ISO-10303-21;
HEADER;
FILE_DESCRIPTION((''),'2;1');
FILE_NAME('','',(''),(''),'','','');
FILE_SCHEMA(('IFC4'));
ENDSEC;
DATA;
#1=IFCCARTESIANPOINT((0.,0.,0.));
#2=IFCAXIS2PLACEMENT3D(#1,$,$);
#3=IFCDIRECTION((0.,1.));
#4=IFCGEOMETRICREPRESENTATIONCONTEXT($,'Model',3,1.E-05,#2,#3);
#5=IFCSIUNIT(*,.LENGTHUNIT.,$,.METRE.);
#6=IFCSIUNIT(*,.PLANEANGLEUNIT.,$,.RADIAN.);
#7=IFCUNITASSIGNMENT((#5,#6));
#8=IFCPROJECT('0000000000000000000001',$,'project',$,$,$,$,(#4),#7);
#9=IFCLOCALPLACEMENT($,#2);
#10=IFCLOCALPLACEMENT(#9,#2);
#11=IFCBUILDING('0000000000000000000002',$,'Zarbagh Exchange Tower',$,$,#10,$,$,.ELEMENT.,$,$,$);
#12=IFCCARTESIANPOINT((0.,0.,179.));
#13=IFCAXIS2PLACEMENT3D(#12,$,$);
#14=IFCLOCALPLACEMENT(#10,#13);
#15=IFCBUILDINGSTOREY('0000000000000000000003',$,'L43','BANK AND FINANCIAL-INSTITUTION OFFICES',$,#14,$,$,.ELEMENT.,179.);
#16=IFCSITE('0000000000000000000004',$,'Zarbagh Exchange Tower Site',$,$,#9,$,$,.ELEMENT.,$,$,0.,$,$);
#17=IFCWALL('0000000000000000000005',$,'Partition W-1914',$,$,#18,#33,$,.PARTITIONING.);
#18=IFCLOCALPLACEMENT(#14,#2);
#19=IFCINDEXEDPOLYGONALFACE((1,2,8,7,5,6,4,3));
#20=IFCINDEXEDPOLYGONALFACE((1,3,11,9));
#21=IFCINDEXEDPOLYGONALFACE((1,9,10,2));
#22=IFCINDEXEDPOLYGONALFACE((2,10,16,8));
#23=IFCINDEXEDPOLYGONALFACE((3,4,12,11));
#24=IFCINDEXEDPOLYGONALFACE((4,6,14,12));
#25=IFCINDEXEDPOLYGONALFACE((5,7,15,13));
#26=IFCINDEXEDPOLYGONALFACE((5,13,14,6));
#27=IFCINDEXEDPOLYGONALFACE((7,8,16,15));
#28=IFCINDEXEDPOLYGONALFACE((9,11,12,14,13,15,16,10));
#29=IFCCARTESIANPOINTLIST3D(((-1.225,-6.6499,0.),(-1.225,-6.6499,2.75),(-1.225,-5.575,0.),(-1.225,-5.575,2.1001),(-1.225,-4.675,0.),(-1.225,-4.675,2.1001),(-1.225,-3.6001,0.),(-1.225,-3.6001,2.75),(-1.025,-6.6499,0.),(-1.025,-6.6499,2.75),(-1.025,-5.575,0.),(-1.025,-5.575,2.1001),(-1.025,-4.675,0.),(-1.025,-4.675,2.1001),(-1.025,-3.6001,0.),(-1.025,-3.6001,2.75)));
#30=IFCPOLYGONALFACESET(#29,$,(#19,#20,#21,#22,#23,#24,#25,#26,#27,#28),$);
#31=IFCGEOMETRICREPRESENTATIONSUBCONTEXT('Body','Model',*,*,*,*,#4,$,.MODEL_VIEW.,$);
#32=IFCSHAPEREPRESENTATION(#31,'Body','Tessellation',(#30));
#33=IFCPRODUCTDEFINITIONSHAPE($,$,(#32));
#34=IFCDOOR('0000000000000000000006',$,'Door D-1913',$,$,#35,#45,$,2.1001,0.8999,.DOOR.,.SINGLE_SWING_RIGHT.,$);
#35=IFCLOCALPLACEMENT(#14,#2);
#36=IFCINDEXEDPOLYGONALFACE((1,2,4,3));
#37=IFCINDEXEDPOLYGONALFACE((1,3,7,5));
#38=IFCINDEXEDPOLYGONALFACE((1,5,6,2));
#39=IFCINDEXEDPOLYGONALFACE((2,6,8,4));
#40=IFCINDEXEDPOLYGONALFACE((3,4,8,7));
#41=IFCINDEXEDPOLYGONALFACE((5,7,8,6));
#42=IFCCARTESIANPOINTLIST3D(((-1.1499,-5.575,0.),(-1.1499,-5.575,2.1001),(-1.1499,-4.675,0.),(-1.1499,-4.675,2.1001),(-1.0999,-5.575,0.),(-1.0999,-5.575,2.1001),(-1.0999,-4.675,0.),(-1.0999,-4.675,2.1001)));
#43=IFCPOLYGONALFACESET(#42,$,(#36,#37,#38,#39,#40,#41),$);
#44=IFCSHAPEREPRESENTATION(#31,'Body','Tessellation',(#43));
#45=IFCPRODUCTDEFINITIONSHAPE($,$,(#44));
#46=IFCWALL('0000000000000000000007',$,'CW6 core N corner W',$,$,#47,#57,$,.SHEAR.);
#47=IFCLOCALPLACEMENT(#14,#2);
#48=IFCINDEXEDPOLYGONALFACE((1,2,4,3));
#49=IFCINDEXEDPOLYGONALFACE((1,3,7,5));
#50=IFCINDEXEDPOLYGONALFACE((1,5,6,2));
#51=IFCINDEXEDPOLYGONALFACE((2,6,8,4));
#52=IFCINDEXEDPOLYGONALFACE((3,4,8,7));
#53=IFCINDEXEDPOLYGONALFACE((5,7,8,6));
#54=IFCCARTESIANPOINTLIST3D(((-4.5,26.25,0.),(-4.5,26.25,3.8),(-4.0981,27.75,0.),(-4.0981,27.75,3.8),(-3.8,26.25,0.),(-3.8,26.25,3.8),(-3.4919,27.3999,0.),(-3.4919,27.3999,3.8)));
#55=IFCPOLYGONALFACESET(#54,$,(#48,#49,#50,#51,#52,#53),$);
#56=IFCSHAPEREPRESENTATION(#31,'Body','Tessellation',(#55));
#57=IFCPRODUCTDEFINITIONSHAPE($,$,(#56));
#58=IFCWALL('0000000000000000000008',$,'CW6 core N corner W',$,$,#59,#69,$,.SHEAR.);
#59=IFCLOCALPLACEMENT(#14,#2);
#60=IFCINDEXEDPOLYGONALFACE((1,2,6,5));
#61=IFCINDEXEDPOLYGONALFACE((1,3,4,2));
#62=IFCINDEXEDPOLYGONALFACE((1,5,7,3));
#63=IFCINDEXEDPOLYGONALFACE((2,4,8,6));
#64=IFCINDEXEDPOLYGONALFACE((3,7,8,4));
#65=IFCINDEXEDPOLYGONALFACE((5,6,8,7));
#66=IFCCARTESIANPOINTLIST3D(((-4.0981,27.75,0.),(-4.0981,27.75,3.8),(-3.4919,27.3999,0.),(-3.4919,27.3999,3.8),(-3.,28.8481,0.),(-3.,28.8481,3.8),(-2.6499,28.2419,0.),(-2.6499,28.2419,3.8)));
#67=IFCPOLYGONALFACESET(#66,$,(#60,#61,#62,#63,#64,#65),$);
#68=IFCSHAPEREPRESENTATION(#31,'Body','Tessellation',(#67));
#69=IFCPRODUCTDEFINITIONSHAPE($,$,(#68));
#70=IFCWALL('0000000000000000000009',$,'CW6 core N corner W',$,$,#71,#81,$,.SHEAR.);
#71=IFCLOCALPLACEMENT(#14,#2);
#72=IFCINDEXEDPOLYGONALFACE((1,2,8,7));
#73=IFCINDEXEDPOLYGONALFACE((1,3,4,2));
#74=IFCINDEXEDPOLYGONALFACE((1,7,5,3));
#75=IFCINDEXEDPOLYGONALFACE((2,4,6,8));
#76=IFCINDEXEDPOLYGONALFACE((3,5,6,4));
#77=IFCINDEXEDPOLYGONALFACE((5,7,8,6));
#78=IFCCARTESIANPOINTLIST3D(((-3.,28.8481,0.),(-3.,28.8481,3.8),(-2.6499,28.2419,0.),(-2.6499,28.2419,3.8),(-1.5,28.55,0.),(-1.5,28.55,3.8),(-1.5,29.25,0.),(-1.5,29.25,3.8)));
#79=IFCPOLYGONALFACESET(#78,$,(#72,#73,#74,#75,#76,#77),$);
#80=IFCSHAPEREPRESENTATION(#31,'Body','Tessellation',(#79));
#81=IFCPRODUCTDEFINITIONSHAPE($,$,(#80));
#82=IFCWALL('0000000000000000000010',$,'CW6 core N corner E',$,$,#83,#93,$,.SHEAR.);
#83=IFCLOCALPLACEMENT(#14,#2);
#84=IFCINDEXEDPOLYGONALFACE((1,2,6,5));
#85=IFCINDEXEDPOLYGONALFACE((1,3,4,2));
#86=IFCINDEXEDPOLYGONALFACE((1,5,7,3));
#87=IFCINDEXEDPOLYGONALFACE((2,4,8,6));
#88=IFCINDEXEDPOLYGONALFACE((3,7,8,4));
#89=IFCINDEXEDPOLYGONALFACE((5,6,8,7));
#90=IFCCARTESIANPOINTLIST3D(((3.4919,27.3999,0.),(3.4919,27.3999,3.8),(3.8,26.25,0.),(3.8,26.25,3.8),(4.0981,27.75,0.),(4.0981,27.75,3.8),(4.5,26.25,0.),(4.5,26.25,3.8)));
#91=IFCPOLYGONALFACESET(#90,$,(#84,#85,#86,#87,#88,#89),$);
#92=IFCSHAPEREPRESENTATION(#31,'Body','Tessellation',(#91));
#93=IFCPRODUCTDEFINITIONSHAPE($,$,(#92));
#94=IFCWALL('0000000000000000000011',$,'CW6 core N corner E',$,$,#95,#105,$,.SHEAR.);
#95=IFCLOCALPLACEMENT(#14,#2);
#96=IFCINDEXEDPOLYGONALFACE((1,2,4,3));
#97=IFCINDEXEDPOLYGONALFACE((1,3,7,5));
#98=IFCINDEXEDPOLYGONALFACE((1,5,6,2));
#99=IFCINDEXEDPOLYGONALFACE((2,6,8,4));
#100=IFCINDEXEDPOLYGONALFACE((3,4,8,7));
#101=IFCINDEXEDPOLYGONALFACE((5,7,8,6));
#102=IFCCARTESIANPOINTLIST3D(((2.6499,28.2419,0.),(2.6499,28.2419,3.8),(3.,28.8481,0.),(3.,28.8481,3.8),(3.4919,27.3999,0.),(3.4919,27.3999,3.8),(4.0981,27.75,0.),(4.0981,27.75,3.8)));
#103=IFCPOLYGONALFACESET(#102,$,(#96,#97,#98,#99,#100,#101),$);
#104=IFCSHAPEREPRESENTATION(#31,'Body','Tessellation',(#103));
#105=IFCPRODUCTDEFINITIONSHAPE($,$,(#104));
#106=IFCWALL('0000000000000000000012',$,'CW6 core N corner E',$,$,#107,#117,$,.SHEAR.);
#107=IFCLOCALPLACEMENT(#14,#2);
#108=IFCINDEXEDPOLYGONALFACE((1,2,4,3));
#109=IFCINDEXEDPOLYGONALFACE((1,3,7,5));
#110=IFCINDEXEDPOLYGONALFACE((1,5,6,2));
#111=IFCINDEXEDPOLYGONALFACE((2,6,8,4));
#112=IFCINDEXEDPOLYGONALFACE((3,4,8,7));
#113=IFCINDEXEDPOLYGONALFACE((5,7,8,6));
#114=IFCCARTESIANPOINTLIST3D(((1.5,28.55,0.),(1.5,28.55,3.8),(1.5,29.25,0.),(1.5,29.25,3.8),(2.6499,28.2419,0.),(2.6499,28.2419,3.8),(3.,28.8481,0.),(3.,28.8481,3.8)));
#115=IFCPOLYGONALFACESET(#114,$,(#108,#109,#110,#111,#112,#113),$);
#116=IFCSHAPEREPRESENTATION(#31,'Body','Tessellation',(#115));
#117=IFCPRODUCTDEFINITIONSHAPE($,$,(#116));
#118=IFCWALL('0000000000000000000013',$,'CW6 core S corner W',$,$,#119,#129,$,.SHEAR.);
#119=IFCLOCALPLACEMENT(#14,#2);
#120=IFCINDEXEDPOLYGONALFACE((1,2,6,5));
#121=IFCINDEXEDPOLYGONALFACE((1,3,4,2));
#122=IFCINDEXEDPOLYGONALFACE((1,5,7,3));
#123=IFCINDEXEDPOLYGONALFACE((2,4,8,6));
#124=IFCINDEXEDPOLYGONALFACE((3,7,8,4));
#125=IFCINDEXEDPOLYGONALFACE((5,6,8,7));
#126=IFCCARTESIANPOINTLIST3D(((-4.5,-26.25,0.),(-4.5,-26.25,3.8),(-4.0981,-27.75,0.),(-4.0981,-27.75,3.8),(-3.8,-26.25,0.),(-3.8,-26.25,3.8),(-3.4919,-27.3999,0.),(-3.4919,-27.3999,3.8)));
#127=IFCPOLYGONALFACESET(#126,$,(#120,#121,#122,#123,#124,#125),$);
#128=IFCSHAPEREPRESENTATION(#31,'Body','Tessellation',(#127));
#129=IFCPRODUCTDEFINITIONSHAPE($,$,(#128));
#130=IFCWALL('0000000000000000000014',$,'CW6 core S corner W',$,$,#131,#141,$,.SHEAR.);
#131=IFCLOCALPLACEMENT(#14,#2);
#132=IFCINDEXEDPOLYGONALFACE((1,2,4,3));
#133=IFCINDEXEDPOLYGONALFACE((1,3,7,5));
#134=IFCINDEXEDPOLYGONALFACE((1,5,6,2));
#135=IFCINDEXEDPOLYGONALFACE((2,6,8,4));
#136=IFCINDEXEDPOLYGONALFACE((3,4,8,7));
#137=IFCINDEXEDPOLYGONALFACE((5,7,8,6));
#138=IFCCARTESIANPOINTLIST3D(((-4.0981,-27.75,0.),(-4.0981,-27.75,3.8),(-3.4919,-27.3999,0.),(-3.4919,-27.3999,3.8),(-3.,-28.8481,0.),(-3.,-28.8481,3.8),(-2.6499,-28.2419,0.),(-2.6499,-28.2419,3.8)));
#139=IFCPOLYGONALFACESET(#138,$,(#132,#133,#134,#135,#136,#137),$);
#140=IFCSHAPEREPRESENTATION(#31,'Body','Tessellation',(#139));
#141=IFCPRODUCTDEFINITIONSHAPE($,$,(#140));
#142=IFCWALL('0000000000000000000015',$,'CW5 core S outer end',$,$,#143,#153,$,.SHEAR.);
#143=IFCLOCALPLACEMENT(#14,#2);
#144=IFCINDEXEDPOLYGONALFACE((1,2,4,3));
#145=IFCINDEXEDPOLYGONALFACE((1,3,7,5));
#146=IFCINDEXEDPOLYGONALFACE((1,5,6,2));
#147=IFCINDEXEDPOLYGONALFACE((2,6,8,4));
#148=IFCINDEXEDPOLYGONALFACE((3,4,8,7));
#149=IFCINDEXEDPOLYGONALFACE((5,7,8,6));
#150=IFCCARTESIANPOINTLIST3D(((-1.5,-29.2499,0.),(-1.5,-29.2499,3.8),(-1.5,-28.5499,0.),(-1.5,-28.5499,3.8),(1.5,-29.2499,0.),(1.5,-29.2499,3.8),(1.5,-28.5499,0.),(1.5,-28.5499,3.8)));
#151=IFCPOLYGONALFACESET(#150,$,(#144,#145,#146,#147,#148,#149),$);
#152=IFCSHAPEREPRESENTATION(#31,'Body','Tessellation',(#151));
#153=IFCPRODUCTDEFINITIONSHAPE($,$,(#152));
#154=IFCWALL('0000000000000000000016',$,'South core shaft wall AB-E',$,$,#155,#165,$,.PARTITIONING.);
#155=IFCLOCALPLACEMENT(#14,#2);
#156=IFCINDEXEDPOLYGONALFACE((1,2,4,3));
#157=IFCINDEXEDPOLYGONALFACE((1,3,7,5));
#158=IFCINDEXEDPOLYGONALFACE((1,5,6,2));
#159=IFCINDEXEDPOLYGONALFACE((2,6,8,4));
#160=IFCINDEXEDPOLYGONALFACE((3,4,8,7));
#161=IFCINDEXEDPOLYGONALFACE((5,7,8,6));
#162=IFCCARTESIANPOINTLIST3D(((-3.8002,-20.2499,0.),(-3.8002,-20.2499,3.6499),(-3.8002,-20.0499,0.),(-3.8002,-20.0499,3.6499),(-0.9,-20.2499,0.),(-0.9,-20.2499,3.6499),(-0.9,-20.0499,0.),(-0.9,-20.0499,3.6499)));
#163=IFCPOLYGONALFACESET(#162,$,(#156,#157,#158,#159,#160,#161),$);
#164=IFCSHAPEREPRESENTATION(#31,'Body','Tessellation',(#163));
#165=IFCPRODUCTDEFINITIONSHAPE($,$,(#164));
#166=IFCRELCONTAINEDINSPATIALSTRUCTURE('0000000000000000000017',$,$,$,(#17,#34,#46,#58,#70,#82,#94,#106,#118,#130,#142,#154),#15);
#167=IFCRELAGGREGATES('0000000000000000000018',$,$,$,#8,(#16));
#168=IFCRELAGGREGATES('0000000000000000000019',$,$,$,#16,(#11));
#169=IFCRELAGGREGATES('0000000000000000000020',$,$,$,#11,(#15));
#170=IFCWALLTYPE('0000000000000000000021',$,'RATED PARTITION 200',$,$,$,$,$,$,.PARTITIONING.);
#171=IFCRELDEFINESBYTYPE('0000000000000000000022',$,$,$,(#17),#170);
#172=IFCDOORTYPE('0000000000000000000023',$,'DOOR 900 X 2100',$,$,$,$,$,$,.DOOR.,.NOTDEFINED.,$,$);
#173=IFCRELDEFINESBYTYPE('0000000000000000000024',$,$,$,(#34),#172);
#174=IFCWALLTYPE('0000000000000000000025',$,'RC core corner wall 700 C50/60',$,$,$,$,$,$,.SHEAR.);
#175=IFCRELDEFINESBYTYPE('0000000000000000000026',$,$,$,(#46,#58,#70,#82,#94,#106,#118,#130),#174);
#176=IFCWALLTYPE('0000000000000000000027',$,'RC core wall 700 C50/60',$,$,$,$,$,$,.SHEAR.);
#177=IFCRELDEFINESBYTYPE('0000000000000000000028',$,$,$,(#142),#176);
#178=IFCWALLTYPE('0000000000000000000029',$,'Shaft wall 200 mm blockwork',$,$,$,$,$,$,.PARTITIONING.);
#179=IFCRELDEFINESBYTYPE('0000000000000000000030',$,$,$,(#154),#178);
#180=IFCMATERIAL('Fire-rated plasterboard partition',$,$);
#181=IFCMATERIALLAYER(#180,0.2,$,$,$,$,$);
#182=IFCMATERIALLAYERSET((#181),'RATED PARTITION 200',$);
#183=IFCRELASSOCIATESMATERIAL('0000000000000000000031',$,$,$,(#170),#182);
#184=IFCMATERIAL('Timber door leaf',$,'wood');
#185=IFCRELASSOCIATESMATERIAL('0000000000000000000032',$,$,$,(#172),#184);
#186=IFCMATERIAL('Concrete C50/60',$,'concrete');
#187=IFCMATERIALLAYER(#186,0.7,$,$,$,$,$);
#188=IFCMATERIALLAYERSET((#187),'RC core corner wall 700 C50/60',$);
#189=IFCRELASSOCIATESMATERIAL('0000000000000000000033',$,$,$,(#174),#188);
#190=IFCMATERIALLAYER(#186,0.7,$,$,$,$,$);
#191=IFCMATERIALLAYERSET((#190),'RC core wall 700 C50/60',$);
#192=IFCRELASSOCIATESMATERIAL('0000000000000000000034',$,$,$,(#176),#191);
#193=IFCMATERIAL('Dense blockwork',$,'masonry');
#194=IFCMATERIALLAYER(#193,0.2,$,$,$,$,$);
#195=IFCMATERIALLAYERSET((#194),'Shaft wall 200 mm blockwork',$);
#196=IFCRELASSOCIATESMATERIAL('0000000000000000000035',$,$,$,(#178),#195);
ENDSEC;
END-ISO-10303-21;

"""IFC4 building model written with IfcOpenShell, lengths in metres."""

from ifc_helpers import new_model, si_unit, direction, frame, frame_2d, origin, place, context, subcontext, project, spatial, polyline, rectangle, outline, extrude, material, layer, layer_set, type_object, element, fill, save


model = new_model("IFC4")

# Units and contexts
model_context = context("Model", 3, precision=1e-05, world=origin(), true_north=direction((0.0, 1.0)))
body_context = subcontext(model_context, "Body", "Model", "MODEL_VIEW")
ifc_project = project(units=[si_unit("LENGTHUNIT", "METRE"), si_unit("PLANEANGLEUNIT", "RADIAN")], contexts=[model_context])

# Site, building, storey
site_placement = place(None, origin())
site = spatial("IfcSite", under=ifc_project, at=site_placement, Name="Zarbagh Exchange Tower Site", CompositionType="ELEMENT", RefElevation=0.0)
building_placement = place(site_placement, origin())
building = spatial("IfcBuilding", under=site, at=building_placement, Name="Zarbagh Exchange Tower", CompositionType="ELEMENT")
storey_placement = place(building_placement, frame((0.0, 0.0, 179.0)))
storey = spatial("IfcBuildingStorey", under=building, at=storey_placement, Name="L43", Description="BANK AND FINANCIAL-INSTITUTION OFFICES", CompositionType="ELEMENT", Elevation=179.0)

# Shared definitions
ifc_material_1 = material(Name="Dense blockwork", Category="masonry")

# Shared definitions
ifc_material_2 = material(Name="Fire-rated plasterboard partition")
ifc_layer_1 = layer(ifc_material_2, 0.2)
ifc_layer_set_1 = layer_set([ifc_layer_1], Name="RATED PARTITION 200")
wall_type_1 = type_object("IfcWallType", Name="RATED PARTITION 200", PredefinedType="PARTITIONING", material=ifc_layer_set_1)
ifc_material_3 = material(Name="Timber door leaf", Category="wood")
door_type_1 = type_object("IfcDoorType", Name="DOOR 900 X 2100", OperationType="NOTDEFINED", PredefinedType="DOOR", material=ifc_material_3)

# Wall, opening, door
wall_1_placement = place(storey_placement, frame((-1.125, -6.6499, 0.0), z_axis=(0.0, 0.0, 1.0), x_axis=(0.0, 1.0, 0.0)))
wall_1 = element("IfcWall", 1, at=wall_1_placement, inside=storey, type_object=wall_type_1, Name="Partition W-1914", PredefinedType="PARTITIONING", context=body_context, shape_type="SweptSolid", body=[
    extrude(rectangle(XDim=3.0498, YDim=0.2, at=frame_2d((1.5249, 0.0))), origin(), (0.0, 0.0, 1.0), 2.75),
])
opening_1_placement = place(wall_1_placement, frame((1.075, 0.0, 0.0)))
opening_1 = element("IfcOpeningElement", 2, at=opening_1_placement, cuts=wall_1, PredefinedType="OPENING", context=body_context, shape_type="SweptSolid", body=[
    extrude(rectangle(XDim=0.8999, YDim=2.1001, at=frame_2d((0.45, 1.05))), frame((0.0, 0.1099, 0.0), z_axis=(0.0, -1.0, 0.0), x_axis=(1.0, 0.0, 0.0)), (0.0, 0.0, 1.0), 0.22),
])
door_1_placement = place(opening_1_placement, origin())
door_1 = element("IfcDoor", 3, at=door_1_placement, inside=storey, type_object=door_type_1, Name="Door D-1913", OperationType="SINGLE_SWING_RIGHT", OverallHeight=2.1001, OverallWidth=0.8999, PredefinedType="DOOR", context=body_context, shape_type="SweptSolid", body=[
    extrude(rectangle(XDim=0.8999, YDim=2.1001, at=frame_2d((0.45, 1.05))), frame((0.0, 0.0249, 0.0), z_axis=(0.0, -1.0, 0.0), x_axis=(1.0, 0.0, 0.0)), (0.0, 0.0, 1.0), 0.05),
])
fill(opening_1, door_1)

# Walls
ifc_material_4 = material(Name="Concrete C50/60", Category="concrete")
ifc_layer_2 = layer(ifc_material_4, 0.7)
ifc_layer_set_2 = layer_set([ifc_layer_2], Name="RC core corner wall 700 C50/60")
wall_type_2 = type_object("IfcWallType", Name="RC core corner wall 700 C50/60", PredefinedType="SHEAR", material=ifc_layer_set_2)
wall_2_placement = place(storey_placement, origin())
element("IfcWall", 4, at=wall_2_placement, inside=storey, type_object=wall_type_2, Name="CW6 core N corner W", PredefinedType="SHEAR", context=body_context, shape_type="SweptSolid", body=[
    extrude(outline(polyline([(-4.5, 26.25), (-4.0981, 27.75), (-3.4919, 27.3999), (-3.8, 26.25), (-4.5, 26.25)])), origin(), (0.0, 0.0, 1.0), 3.8),
])
wall_3_placement = place(storey_placement, origin())
element("IfcWall", 5, at=wall_3_placement, inside=storey, type_object=wall_type_2, Name="CW6 core N corner W", PredefinedType="SHEAR", context=body_context, shape_type="SweptSolid", body=[
    extrude(outline(polyline([(-4.0981, 27.75), (-3.0, 28.8481), (-2.6499, 28.2419), (-3.4919, 27.3999), (-4.0981, 27.75)])), origin(), (0.0, 0.0, 1.0), 3.8),
])
wall_4_placement = place(storey_placement, origin())
element("IfcWall", 6, at=wall_4_placement, inside=storey, type_object=wall_type_2, Name="CW6 core N corner W", PredefinedType="SHEAR", context=body_context, shape_type="SweptSolid", body=[
    extrude(outline(polyline([(-3.0, 28.8481), (-1.5, 29.25), (-1.5, 28.55), (-2.6499, 28.2419), (-3.0, 28.8481)])), origin(), (0.0, 0.0, 1.0), 3.8),
])
wall_5_placement = place(storey_placement, origin())
element("IfcWall", 7, at=wall_5_placement, inside=storey, type_object=wall_type_2, Name="CW6 core N corner E", PredefinedType="SHEAR", context=body_context, shape_type="SweptSolid", body=[
    extrude(outline(polyline([(4.5, 26.25), (4.0981, 27.75), (3.4919, 27.3999), (3.8, 26.25), (4.5, 26.25)])), origin(), (0.0, 0.0, 1.0), 3.8),
])
wall_6_placement = place(storey_placement, origin())
element("IfcWall", 8, at=wall_6_placement, inside=storey, type_object=wall_type_2, Name="CW6 core N corner E", PredefinedType="SHEAR", context=body_context, shape_type="SweptSolid", body=[
    extrude(outline(polyline([(4.0981, 27.75), (3.0, 28.8481), (2.6499, 28.2419), (3.4919, 27.3999), (4.0981, 27.75)])), origin(), (0.0, 0.0, 1.0), 3.8),
])
wall_7_placement = place(storey_placement, origin())
element("IfcWall", 9, at=wall_7_placement, inside=storey, type_object=wall_type_2, Name="CW6 core N corner E", PredefinedType="SHEAR", context=body_context, shape_type="SweptSolid", body=[
    extrude(outline(polyline([(3.0, 28.8481), (1.5, 29.25), (1.5, 28.55), (2.6499, 28.2419), (3.0, 28.8481)])), origin(), (0.0, 0.0, 1.0), 3.8),
])
wall_8_placement = place(storey_placement, origin())
element("IfcWall", 10, at=wall_8_placement, inside=storey, type_object=wall_type_2, Name="CW6 core S corner W", PredefinedType="SHEAR", context=body_context, shape_type="SweptSolid", body=[
    extrude(outline(polyline([(-4.5, -26.25), (-4.0981, -27.75), (-3.4919, -27.3999), (-3.8, -26.25), (-4.5, -26.25)])), origin(), (0.0, 0.0, 1.0), 3.8),
])
wall_9_placement = place(storey_placement, origin())
element("IfcWall", 11, at=wall_9_placement, inside=storey, type_object=wall_type_2, Name="CW6 core S corner W", PredefinedType="SHEAR", context=body_context, shape_type="SweptSolid", body=[
    extrude(outline(polyline([(-4.0981, -27.75), (-3.0, -28.8481), (-2.6499, -28.2419), (-3.4919, -27.3999), (-4.0981, -27.75)])), origin(), (0.0, 0.0, 1.0), 3.8),
])
ifc_layer_3 = layer(ifc_material_4, 0.7)
ifc_layer_set_3 = layer_set([ifc_layer_3], Name="RC core wall 700 C50/60")
wall_type_3 = type_object("IfcWallType", Name="RC core wall 700 C50/60", PredefinedType="SHEAR", material=ifc_layer_set_3)
wall_10_placement = place(storey_placement, frame((-1.5, -28.8999, 0.0), z_axis=(0.0, 0.0, 1.0), x_axis=(1.0, 0.0, 0.0)))
element("IfcWall", 12, at=wall_10_placement, inside=storey, type_object=wall_type_3, Name="CW5 core S outer end", PredefinedType="SHEAR", context=body_context, shape_type="SweptSolid", body=[
    extrude(rectangle(XDim=3.0, YDim=0.7, at=frame_2d((1.5, 0.0))), origin(), (0.0, 0.0, 1.0), 3.8),
])
ifc_layer_4 = layer(ifc_material_1, 0.2)
ifc_layer_set_4 = layer_set([ifc_layer_4], Name="Shaft wall 200 mm blockwork")
wall_type_4 = type_object("IfcWallType", Name="Shaft wall 200 mm blockwork", PredefinedType="PARTITIONING", material=ifc_layer_set_4)
wall_11_placement = place(storey_placement, frame((-0.8999, -20.1499, 0.0), z_axis=(0.0, 0.0, 1.0), x_axis=(-1.0, 0.0, 0.0)))
element("IfcWall", 13, at=wall_11_placement, inside=storey, type_object=wall_type_4, Name="South core shaft wall AB-E", PredefinedType="PARTITIONING", context=body_context, shape_type="SweptSolid", body=[
    extrude(rectangle(XDim=2.9001, YDim=0.2, at=frame_2d((1.4502, 0.0))), origin(), (0.0, 0.0, 1.0), 3.6499),
])

save(model, "model.ifc")
